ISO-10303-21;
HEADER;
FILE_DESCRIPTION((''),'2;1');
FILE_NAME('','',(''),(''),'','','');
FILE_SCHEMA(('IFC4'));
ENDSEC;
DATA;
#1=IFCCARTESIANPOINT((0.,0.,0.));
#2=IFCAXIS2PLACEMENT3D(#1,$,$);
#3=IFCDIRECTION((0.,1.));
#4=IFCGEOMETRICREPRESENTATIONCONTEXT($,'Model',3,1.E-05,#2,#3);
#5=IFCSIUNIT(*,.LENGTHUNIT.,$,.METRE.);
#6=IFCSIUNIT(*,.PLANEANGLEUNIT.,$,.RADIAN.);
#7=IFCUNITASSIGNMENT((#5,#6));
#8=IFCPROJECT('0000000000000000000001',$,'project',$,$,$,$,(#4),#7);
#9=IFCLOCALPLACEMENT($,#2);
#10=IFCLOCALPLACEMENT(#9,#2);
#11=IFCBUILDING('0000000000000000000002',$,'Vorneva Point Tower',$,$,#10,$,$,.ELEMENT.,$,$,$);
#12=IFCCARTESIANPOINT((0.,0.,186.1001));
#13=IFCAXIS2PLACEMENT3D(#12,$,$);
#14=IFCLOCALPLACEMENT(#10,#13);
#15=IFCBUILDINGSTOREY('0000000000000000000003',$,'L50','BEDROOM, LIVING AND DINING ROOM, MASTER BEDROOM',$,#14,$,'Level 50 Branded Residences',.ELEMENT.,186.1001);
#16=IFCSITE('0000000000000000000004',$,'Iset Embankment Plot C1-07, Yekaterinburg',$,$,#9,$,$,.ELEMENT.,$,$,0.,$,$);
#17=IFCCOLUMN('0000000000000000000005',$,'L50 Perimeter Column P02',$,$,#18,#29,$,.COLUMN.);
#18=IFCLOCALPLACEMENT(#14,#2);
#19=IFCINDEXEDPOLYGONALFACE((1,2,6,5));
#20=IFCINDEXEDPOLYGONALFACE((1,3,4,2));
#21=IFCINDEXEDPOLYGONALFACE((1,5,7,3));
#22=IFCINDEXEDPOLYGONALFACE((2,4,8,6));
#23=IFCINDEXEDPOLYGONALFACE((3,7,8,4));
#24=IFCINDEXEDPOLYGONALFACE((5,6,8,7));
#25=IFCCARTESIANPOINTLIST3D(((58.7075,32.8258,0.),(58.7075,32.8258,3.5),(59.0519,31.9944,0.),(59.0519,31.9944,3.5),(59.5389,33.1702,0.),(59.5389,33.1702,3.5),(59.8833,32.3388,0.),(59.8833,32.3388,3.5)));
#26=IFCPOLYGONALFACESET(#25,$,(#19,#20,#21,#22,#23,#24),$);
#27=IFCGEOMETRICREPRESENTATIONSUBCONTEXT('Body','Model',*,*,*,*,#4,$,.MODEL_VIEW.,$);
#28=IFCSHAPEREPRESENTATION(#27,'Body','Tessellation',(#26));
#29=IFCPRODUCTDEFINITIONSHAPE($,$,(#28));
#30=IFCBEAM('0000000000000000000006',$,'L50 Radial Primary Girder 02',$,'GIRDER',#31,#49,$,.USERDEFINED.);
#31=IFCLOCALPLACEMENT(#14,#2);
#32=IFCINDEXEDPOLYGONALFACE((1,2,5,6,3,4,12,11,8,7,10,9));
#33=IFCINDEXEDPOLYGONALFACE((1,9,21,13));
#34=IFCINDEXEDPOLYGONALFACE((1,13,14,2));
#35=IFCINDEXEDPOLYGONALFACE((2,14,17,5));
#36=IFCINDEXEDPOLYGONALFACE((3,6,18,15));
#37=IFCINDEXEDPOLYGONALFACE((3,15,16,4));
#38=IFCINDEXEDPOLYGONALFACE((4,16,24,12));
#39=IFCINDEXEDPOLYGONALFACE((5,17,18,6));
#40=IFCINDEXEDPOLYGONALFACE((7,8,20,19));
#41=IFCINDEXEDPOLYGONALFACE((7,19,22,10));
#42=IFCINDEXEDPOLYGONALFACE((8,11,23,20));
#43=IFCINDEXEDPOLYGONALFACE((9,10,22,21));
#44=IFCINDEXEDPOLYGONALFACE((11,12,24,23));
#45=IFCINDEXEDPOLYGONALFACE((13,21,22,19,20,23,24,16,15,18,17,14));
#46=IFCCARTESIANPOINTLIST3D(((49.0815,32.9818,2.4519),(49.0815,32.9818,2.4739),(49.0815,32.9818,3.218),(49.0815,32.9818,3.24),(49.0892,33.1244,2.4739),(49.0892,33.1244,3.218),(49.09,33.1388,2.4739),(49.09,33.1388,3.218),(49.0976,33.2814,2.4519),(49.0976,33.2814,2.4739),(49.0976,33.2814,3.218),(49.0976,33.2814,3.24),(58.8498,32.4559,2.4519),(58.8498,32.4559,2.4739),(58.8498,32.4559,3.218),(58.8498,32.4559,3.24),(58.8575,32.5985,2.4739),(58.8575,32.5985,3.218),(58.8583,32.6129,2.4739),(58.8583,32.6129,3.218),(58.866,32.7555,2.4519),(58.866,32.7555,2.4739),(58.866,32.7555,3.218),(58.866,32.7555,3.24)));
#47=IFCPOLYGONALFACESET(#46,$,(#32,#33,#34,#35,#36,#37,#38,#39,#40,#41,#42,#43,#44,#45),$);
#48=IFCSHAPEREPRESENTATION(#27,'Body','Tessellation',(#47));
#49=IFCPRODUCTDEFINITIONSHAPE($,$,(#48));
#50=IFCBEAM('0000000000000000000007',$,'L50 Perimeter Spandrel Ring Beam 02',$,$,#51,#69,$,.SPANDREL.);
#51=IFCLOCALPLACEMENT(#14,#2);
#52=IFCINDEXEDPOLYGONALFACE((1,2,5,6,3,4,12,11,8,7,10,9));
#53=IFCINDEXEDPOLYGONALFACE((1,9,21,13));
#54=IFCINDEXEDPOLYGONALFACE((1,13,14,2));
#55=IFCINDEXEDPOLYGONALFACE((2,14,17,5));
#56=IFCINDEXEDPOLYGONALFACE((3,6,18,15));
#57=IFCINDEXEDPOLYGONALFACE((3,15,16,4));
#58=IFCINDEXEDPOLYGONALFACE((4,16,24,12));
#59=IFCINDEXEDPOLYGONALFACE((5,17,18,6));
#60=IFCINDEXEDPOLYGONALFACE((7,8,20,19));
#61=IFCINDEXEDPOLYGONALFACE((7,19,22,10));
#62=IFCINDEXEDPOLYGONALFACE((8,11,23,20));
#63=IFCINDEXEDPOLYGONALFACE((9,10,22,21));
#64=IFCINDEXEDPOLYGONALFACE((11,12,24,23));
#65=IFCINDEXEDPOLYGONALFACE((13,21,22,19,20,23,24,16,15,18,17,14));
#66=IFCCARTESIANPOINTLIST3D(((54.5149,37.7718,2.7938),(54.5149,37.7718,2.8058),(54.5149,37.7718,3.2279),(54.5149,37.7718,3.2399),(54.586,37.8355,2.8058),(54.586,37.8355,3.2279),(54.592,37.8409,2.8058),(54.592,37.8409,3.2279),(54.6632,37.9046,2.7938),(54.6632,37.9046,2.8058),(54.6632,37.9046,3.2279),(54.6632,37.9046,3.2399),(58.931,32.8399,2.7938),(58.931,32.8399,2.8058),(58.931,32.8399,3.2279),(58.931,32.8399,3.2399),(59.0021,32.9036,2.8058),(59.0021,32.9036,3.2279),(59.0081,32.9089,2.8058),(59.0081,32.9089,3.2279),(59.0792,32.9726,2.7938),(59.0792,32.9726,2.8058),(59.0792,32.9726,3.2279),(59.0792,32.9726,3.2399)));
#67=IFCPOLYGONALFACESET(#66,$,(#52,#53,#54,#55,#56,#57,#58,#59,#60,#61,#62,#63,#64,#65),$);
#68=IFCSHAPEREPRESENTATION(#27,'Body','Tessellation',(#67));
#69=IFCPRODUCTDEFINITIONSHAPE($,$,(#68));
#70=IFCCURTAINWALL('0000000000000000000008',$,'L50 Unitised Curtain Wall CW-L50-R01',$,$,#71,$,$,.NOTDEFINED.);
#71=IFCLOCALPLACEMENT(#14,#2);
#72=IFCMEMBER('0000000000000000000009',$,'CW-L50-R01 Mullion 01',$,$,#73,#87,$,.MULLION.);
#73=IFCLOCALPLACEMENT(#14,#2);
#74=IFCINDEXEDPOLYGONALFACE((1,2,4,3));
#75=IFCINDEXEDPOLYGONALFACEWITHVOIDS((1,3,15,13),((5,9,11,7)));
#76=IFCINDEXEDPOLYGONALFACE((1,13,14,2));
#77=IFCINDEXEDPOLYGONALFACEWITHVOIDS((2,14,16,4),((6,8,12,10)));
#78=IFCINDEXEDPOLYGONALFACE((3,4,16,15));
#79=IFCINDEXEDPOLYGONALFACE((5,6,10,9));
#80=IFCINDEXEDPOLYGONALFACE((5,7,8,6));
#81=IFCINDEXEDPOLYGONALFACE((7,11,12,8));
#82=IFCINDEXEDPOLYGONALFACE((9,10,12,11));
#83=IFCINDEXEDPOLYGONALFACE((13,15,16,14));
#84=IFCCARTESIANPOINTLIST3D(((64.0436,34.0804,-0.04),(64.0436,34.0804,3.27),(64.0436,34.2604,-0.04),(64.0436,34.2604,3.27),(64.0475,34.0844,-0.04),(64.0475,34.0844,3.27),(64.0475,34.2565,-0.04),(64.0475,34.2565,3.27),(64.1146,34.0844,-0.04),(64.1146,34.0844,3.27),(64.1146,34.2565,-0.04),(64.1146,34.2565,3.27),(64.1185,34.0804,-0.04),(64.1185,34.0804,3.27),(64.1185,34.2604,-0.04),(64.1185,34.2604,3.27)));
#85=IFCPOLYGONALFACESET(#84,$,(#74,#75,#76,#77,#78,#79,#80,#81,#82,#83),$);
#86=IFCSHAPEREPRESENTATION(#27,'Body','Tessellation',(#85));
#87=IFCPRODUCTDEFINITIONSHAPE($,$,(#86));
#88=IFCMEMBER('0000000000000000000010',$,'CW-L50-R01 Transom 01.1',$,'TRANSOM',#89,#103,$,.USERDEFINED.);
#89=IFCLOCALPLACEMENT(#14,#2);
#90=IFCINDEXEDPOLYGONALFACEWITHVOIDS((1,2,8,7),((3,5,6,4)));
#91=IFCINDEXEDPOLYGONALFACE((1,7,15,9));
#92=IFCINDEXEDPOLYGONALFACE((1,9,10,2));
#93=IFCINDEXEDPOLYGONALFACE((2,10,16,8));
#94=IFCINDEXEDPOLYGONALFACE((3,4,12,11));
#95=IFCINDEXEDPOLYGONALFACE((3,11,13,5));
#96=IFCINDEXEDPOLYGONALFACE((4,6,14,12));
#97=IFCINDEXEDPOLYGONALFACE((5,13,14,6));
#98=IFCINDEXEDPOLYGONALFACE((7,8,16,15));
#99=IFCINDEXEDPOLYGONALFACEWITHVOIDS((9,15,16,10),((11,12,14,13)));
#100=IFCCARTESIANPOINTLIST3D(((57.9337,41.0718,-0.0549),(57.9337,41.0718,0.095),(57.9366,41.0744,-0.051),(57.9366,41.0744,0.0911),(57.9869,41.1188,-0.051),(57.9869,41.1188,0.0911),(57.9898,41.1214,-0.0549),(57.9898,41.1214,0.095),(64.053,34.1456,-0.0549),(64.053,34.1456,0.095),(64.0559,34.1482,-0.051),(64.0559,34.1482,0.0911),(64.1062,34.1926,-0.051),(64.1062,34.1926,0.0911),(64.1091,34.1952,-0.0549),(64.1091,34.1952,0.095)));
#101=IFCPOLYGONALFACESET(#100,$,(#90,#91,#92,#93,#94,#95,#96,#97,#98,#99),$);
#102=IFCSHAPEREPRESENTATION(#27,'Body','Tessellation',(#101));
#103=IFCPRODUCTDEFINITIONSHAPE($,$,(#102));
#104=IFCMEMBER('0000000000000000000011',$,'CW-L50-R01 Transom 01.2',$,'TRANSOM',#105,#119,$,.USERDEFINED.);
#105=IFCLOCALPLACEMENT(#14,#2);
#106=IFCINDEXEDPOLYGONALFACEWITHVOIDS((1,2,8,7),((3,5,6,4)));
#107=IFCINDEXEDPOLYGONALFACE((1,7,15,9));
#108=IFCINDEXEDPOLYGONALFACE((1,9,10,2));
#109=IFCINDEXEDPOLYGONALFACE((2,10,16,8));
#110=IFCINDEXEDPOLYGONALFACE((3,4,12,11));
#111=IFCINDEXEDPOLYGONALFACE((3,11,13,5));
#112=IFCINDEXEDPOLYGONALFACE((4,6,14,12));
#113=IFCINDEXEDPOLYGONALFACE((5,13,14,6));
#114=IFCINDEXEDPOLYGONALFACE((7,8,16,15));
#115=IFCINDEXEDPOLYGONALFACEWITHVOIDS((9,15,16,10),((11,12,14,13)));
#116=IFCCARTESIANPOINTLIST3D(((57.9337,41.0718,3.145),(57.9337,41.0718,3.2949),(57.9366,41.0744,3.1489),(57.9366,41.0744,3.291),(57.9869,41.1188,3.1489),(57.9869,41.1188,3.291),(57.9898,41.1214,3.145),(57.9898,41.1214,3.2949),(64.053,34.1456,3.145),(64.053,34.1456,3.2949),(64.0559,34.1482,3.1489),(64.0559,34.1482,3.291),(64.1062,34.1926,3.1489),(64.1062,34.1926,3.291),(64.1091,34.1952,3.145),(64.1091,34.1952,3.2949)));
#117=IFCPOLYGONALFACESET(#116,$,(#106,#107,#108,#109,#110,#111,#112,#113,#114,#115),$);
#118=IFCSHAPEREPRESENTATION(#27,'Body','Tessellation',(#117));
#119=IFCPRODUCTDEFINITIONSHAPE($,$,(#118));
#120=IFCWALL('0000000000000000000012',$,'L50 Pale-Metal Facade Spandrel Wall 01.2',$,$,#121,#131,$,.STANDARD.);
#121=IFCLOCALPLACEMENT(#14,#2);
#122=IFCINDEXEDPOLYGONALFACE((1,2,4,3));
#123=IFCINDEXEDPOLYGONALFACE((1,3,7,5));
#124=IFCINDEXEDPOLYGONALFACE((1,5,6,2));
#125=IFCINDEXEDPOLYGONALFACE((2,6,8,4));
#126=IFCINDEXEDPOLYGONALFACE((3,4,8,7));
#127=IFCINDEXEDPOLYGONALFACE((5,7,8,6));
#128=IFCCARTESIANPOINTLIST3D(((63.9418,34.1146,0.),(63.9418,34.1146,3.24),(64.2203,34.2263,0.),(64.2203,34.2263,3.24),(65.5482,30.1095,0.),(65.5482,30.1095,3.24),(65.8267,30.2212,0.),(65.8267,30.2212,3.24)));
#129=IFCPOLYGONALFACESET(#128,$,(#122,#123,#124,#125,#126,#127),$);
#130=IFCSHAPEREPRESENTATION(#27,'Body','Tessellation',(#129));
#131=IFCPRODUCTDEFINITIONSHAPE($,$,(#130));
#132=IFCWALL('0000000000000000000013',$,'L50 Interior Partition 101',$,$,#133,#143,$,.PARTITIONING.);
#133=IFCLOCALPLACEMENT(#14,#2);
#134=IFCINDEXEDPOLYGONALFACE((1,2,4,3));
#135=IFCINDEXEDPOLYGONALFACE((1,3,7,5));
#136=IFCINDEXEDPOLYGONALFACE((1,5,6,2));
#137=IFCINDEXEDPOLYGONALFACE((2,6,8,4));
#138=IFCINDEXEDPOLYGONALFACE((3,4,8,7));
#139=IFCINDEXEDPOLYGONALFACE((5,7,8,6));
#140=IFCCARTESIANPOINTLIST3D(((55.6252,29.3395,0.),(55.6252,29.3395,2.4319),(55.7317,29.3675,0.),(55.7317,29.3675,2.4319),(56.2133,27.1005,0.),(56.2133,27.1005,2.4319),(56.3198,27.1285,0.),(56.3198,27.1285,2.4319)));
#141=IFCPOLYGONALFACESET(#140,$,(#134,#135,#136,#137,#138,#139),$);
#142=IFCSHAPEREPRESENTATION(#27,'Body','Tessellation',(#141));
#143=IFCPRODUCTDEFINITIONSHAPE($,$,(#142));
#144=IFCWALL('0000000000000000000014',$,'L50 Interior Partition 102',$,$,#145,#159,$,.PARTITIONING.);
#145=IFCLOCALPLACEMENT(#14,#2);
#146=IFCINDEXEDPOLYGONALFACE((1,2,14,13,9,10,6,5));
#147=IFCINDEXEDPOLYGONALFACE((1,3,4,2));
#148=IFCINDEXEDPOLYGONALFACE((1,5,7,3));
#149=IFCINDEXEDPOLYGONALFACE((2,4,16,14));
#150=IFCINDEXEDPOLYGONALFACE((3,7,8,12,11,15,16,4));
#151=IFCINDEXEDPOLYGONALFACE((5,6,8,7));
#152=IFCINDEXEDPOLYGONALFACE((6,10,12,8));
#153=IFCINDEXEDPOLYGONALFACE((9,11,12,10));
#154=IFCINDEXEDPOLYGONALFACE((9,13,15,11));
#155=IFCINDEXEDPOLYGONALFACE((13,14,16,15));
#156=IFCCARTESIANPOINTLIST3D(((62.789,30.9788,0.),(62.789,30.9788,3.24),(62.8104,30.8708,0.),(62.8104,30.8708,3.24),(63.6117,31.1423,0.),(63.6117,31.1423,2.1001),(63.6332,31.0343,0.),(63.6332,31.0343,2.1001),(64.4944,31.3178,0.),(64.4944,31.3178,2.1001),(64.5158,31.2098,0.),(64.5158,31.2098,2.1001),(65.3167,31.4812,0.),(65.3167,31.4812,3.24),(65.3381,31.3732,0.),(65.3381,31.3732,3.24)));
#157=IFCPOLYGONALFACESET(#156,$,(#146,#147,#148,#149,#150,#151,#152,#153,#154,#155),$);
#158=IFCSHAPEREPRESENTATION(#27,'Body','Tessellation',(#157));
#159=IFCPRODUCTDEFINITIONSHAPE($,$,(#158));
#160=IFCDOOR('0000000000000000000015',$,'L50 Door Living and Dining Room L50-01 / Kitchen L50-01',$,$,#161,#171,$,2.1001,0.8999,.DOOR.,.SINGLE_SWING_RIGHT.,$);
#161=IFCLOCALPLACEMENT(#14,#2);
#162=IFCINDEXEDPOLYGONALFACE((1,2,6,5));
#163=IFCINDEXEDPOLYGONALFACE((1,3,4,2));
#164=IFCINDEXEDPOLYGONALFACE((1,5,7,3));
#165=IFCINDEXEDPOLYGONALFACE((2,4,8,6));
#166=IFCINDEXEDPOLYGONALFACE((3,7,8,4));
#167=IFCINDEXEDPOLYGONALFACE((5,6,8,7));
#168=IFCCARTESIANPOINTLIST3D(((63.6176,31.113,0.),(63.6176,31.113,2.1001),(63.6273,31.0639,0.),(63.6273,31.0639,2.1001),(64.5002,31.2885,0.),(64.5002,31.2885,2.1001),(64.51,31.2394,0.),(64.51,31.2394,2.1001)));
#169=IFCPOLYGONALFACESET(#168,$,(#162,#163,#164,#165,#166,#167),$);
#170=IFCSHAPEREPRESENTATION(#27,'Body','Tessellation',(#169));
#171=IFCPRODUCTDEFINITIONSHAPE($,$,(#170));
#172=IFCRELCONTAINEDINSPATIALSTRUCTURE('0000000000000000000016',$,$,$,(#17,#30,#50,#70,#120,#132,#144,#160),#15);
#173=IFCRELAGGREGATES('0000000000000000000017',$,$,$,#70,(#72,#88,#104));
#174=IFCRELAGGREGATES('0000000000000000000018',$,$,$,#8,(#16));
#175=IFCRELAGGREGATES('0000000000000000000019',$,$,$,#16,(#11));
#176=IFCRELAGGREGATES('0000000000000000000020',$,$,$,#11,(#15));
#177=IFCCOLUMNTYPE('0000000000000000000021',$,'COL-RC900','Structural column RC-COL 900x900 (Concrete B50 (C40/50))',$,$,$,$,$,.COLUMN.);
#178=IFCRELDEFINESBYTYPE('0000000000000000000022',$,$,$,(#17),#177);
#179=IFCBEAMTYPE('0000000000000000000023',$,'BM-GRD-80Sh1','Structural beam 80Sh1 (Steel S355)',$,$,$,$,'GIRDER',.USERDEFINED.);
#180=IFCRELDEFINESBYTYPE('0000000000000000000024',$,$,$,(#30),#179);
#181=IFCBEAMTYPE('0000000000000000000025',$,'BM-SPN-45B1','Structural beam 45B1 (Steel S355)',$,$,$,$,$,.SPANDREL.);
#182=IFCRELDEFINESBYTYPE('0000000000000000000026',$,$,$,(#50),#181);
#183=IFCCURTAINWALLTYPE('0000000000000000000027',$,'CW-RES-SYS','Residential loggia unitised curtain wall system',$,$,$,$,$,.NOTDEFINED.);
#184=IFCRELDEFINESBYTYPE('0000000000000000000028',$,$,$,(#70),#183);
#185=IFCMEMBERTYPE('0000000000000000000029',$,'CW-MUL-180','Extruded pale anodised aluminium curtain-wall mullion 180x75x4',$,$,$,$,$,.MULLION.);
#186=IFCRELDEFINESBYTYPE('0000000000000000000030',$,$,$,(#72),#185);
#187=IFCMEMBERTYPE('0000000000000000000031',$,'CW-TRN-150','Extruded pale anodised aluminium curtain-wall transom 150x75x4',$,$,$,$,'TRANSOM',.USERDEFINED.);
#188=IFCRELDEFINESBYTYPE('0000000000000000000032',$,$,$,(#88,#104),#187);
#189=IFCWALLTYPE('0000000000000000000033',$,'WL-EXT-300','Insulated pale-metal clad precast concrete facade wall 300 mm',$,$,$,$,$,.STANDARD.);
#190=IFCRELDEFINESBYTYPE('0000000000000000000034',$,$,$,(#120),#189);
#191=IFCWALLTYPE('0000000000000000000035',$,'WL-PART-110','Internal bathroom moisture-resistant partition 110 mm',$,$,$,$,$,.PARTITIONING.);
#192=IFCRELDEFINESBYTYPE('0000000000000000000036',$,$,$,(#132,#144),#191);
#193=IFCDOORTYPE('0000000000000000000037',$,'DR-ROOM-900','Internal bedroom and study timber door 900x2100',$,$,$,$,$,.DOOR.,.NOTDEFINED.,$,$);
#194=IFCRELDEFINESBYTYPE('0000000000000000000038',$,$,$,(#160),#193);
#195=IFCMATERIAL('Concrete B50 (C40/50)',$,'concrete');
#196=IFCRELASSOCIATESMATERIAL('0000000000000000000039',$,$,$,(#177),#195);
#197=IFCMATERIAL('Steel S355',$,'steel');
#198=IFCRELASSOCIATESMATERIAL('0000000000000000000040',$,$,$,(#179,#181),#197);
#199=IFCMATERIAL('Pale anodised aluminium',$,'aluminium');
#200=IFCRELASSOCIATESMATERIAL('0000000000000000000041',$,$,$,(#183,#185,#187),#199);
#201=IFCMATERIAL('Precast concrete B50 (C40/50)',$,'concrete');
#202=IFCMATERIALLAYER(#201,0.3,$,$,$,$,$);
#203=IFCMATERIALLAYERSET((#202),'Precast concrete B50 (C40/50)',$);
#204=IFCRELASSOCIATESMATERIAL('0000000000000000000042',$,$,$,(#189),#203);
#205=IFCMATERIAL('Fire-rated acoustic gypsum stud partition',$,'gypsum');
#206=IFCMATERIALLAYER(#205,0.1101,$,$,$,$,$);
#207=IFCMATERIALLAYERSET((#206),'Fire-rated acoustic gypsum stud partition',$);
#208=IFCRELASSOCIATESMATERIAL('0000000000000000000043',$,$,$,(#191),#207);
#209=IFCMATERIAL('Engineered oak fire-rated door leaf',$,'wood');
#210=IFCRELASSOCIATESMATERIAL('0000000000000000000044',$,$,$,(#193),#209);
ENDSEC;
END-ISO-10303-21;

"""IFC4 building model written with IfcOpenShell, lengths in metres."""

from ifc_helpers import new_model, si_unit, direction, frame, frame_2d, origin, origin_2d, place, context, subcontext, project, spatial, rectangle, hollow_rectangle, i_section, extrude, material, layer, layer_set, material_profile, profile_set, type_object, element, fill, aggregate, save


model = new_model("IFC4")

# Units and contexts
model_context = context("Model", 3, precision=1e-05, world=origin(), true_north=direction((0.0, 1.0)))
body_context = subcontext(model_context, "Body", "Model", "MODEL_VIEW")
ifc_project = project(units=[si_unit("LENGTHUNIT", "METRE"), si_unit("PLANEANGLEUNIT", "RADIAN")], contexts=[model_context])

# Site, building, storey
site_placement = place(None, origin())
site = spatial("IfcSite", under=ifc_project, at=site_placement, Name="Iset Embankment Plot C1-07, Yekaterinburg", CompositionType="ELEMENT", RefElevation=0.0)
building_placement = place(site_placement, origin())
building = spatial("IfcBuilding", under=site, at=building_placement, Name="Vorneva Point Tower", CompositionType="ELEMENT")
storey_placement = place(building_placement, frame((0.0, 0.0, 186.1001)))
storey = spatial("IfcBuildingStorey", under=building, at=storey_placement, Name="L50", Description="BEDROOM, LIVING AND DINING ROOM, MASTER BEDROOM", LongName="Level 50 Branded Residences", CompositionType="ELEMENT", Elevation=186.1001)

# Column
ifc_material_1 = material(Name="Concrete B50 (C40/50)", Category="concrete")
ifc_material_profile_1 = material_profile(ifc_material_1, rectangle(XDim=0.8999, YDim=0.8999, at=origin_2d()), Name="RC-COL 900x900")
ifc_profile_set_1 = profile_set([ifc_material_profile_1], Name="Concrete B50 (C40/50)")
column_type = type_object("IfcColumnType", Name="COL-RC900", Description="Structural column RC-COL 900x900 (Concrete B50 (C40/50))", PredefinedType="COLUMN", material=ifc_profile_set_1)
column_placement = place(storey_placement, frame((59.2954, 32.5823, 0.0), z_axis=(0.0, 0.0, 1.0), x_axis=(0.92388, 0.382683, 0.0)))
element("IfcColumn", 1, at=column_placement, inside=storey, type_object=column_type, Name="L50 Perimeter Column P02", PredefinedType="COLUMN", context=body_context, shape_type="SweptSolid", body=[
    extrude(rectangle(XDim=0.8999, YDim=0.8999, at=origin_2d()), origin(), (0.0, 0.0, 1.0), 3.5),
])

# Beams
ifc_material_2 = material(Name="Steel S355", Category="steel")
ifc_material_profile_2 = material_profile(ifc_material_2, i_section(OverallWidth=0.3, OverallDepth=0.7881, WebThickness=0.0144, FlangeThickness=0.022, at=origin_2d()), Name="80Sh1")
ifc_profile_set_2 = profile_set([ifc_material_profile_2], Name="Steel S355")
beam_type_1 = type_object("IfcBeamType", Name="BM-GRD-80Sh1", Description="Structural beam 80Sh1 (Steel S355)", ElementType="GIRDER", PredefinedType="USERDEFINED", material=ifc_profile_set_2)
beam_1_placement = place(storey_placement, frame((58.8579, 32.6057, 2.8459), z_axis=(-0.998554, 0.053757, 0.0), x_axis=(-0.053757, -0.998554, 0.0)))
element("IfcBeam", 2, at=beam_1_placement, inside=storey, type_object=beam_type_1, Name="L50 Radial Primary Girder 02", ObjectType="GIRDER", PredefinedType="USERDEFINED", context=body_context, shape_type="SweptSolid", body=[
    extrude(i_section(OverallWidth=0.3, OverallDepth=0.7881, WebThickness=0.0144, FlangeThickness=0.022, at=origin_2d()), origin(), (0.0, 0.0, 1.0), 9.7825),
])
ifc_material_profile_3 = material_profile(ifc_material_2, i_section(OverallWidth=0.199, OverallDepth=0.446, WebThickness=0.0081, FlangeThickness=0.012, at=origin_2d()), Name="45B1")
ifc_profile_set_3 = profile_set([ifc_material_profile_3], Name="Steel S355")
beam_type_2 = type_object("IfcBeamType", Name="BM-SPN-45B1", Description="Structural beam 45B1 (Steel S355)", PredefinedType="SPANDREL", material=ifc_profile_set_3)
beam_2_placement = place(storey_placement, frame((59.0051, 32.9062, 3.0168), z_axis=(-0.66707, 0.744995, 0.0), x_axis=(-0.744995, -0.66707, 0.0)))
element("IfcBeam", 3, at=beam_2_placement, inside=storey, type_object=beam_type_2, Name="L50 Perimeter Spandrel Ring Beam 02", PredefinedType="SPANDREL", context=body_context, shape_type="SweptSolid", body=[
    extrude(i_section(OverallWidth=0.199, OverallDepth=0.446, WebThickness=0.0081, FlangeThickness=0.012, at=origin_2d()), origin(), (0.0, 0.0, 1.0), 6.6201),
])

# Curtain wall, members
ifc_material_3 = material(Name="Pale anodised aluminium", Category="aluminium")
curtain_wall_type = type_object("IfcCurtainWallType", Name="CW-RES-SYS", Description="Residential loggia unitised curtain wall system", PredefinedType="NOTDEFINED", material=ifc_material_3)
curtain_wall_placement = place(storey_placement, origin())
curtain_wall = element("IfcCurtainWall", 4, at=curtain_wall_placement, inside=storey, type_object=curtain_wall_type, Name="L50 Unitised Curtain Wall CW-L50-R01", PredefinedType="NOTDEFINED")
ifc_material_profile_4 = material_profile(ifc_material_3, hollow_rectangle(XDim=0.075, YDim=0.1799, WallThickness=0.0039, at=origin_2d()), Name="AL-MUL 180x75x4")
ifc_profile_set_4 = profile_set([ifc_material_profile_4], Name="Pale anodised aluminium")
member_type_1 = type_object("IfcMemberType", Name="CW-MUL-180", Description="Extruded pale anodised aluminium curtain-wall mullion 180x75x4", PredefinedType="MULLION", material=ifc_profile_set_4)
member_1_placement = place(storey_placement, frame((64.0811, 34.1704, -0.04), z_axis=(0.0, 0.0, 1.0), x_axis=(1.0, 0.0, 0.0)))
member_1 = element("IfcMember", 5, at=member_1_placement, type_object=member_type_1, Name="CW-L50-R01 Mullion 01", PredefinedType="MULLION", context=body_context, shape_type="SweptSolid", body=[
    extrude(hollow_rectangle(XDim=0.075, YDim=0.1799, WallThickness=0.0039, at=origin_2d()), origin(), (0.0, 0.0, 1.0), 3.3101),
])
ifc_material_profile_5 = material_profile(ifc_material_3, hollow_rectangle(XDim=0.075, YDim=0.1499, WallThickness=0.0039, at=origin_2d()), Name="AL-TRN 150x75x4")
ifc_profile_set_5 = profile_set([ifc_material_profile_5], Name="Pale anodised aluminium")
member_type_2 = type_object("IfcMemberType", Name="CW-TRN-150", Description="Extruded pale anodised aluminium curtain-wall transom 150x75x4", ElementType="TRANSOM", PredefinedType="USERDEFINED", material=ifc_profile_set_5)
member_2_placement = place(storey_placement, frame((64.0811, 34.1704, 0.02), z_axis=(-0.662106, 0.74941, 0.0), x_axis=(-0.74941, -0.662106, 0.0)))
member_2 = element("IfcMember", 6, at=member_2_placement, type_object=member_type_2, Name="CW-L50-R01 Transom 01.1", ObjectType="TRANSOM", PredefinedType="USERDEFINED", context=body_context, shape_type="SweptSolid", body=[
    extrude(hollow_rectangle(XDim=0.075, YDim=0.1499, WallThickness=0.0039, at=origin_2d()), origin(), (0.0, 0.0, 1.0), 9.2422),
])
member_3_placement = place(storey_placement, frame((64.0811, 34.1704, 3.22), z_axis=(-0.662106, 0.74941, 0.0), x_axis=(-0.74941, -0.662106, 0.0)))
member_3 = element("IfcMember", 7, at=member_3_placement, type_object=member_type_2, Name="CW-L50-R01 Transom 01.2", ObjectType="TRANSOM", PredefinedType="USERDEFINED", context=body_context, shape_type="SweptSolid", body=[
    extrude(hollow_rectangle(XDim=0.075, YDim=0.1499, WallThickness=0.0039, at=origin_2d()), origin(), (0.0, 0.0, 1.0), 9.2422),
])
aggregate(curtain_wall, [member_1, member_2, member_3])

# Walls
ifc_material_4 = material(Name="Precast concrete B50 (C40/50)", Category="concrete")
ifc_layer_1 = layer(ifc_material_4, 0.3)
ifc_layer_set_1 = layer_set([ifc_layer_1], Name="Precast concrete B50 (C40/50)")
wall_type_1 = type_object("IfcWallType", Name="WL-EXT-300", Description="Insulated pale-metal clad precast concrete facade wall 300 mm", PredefinedType="STANDARD", material=ifc_layer_set_1)
wall_1_placement = place(storey_placement, frame((65.6875, 30.1653, 0.0), z_axis=(0.0, 0.0, 1.0), x_axis=(-0.372268, 0.928125, 0.0)))
element("IfcWall", 8, at=wall_1_placement, inside=storey, type_object=wall_type_1, Name="L50 Pale-Metal Facade Spandrel Wall 01.2", PredefinedType="STANDARD", context=body_context, shape_type="SweptSolid", body=[
    extrude(rectangle(XDim=4.3152, YDim=0.3, at=frame_2d((2.1577, 0.0))), origin(), (0.0, 0.0, 1.0), 3.24),
])
ifc_material_5 = material(Name="Fire-rated acoustic gypsum stud partition", Category="gypsum")
ifc_layer_2 = layer(ifc_material_5, 0.1101)
ifc_layer_set_2 = layer_set([ifc_layer_2], Name="Fire-rated acoustic gypsum stud partition")
wall_type_2 = type_object("IfcWallType", Name="WL-PART-110", Description="Internal bathroom moisture-resistant partition 110 mm", PredefinedType="PARTITIONING", material=ifc_layer_set_2)
wall_2_placement = place(storey_placement, frame((55.6785, 29.3535, 0.0), z_axis=(0.0, 0.0, 1.0), x_axis=(0.254057, -0.967189, 0.0)))
element("IfcWall", 9, at=wall_2_placement, inside=storey, type_object=wall_type_2, Name="L50 Interior Partition 101", PredefinedType="PARTITIONING", context=body_context, shape_type="SweptSolid", body=[
    extrude(rectangle(XDim=2.3149, YDim=0.1101, at=frame_2d((1.1575, 0.0))), origin(), (0.0, 0.0, 1.0), 2.4319),
])

# Wall, opening, door
wall_3_placement = place(storey_placement, frame((65.3274, 31.4272, 0.0), z_axis=(0.0, 0.0, 1.0), x_axis=(-0.98081, -0.194968, 0.0)))
wall_3 = element("IfcWall", 10, at=wall_3_placement, inside=storey, type_object=wall_type_2, Name="L50 Interior Partition 102", PredefinedType="PARTITIONING", context=body_context, shape_type="SweptSolid", body=[
    extrude(rectangle(XDim=2.5771, YDim=0.1101, at=frame_2d((1.2886, 0.0))), origin(), (0.0, 0.0, 1.0), 3.24),
])
opening_1_placement = place(wall_3_placement, frame((0.8384, 0.0, 0.0)))
opening_1 = element("IfcOpeningElement", 11, at=opening_1_placement, cuts=wall_3, PredefinedType="OPENING", context=body_context, shape_type="SweptSolid", body=[
    extrude(rectangle(XDim=0.8999, YDim=2.1001, at=frame_2d((0.45, 1.05))), frame((0.0, 0.0698, 0.0), z_axis=(0.0, -1.0, 0.0), x_axis=(1.0, 0.0, 0.0)), (0.0, 0.0, 1.0), 0.1399),
])
ifc_material_6 = material(Name="Engineered oak fire-rated door leaf", Category="wood")
door_type_1 = type_object("IfcDoorType", Name="DR-ROOM-900", Description="Internal bedroom and study timber door 900x2100", OperationType="NOTDEFINED", PredefinedType="DOOR", material=ifc_material_6)
door_1_placement = place(opening_1_placement, origin())
door_1 = element("IfcDoor", 12, at=door_1_placement, inside=storey, type_object=door_type_1, Name="L50 Door Living and Dining Room L50-01 / Kitchen L50-01", OperationType="SINGLE_SWING_RIGHT", OverallHeight=2.1001, OverallWidth=0.8999, PredefinedType="DOOR", context=body_context, shape_type="SweptSolid", body=[
    extrude(rectangle(XDim=0.8999, YDim=2.1001, at=frame_2d((0.45, 1.05))), frame((0.0, 0.0249, 0.0), z_axis=(0.0, -1.0, 0.0), x_axis=(1.0, 0.0, 0.0)), (0.0, 0.0, 1.0), 0.05),
])
fill(opening_1, door_1)

save(model, "model.ifc")
